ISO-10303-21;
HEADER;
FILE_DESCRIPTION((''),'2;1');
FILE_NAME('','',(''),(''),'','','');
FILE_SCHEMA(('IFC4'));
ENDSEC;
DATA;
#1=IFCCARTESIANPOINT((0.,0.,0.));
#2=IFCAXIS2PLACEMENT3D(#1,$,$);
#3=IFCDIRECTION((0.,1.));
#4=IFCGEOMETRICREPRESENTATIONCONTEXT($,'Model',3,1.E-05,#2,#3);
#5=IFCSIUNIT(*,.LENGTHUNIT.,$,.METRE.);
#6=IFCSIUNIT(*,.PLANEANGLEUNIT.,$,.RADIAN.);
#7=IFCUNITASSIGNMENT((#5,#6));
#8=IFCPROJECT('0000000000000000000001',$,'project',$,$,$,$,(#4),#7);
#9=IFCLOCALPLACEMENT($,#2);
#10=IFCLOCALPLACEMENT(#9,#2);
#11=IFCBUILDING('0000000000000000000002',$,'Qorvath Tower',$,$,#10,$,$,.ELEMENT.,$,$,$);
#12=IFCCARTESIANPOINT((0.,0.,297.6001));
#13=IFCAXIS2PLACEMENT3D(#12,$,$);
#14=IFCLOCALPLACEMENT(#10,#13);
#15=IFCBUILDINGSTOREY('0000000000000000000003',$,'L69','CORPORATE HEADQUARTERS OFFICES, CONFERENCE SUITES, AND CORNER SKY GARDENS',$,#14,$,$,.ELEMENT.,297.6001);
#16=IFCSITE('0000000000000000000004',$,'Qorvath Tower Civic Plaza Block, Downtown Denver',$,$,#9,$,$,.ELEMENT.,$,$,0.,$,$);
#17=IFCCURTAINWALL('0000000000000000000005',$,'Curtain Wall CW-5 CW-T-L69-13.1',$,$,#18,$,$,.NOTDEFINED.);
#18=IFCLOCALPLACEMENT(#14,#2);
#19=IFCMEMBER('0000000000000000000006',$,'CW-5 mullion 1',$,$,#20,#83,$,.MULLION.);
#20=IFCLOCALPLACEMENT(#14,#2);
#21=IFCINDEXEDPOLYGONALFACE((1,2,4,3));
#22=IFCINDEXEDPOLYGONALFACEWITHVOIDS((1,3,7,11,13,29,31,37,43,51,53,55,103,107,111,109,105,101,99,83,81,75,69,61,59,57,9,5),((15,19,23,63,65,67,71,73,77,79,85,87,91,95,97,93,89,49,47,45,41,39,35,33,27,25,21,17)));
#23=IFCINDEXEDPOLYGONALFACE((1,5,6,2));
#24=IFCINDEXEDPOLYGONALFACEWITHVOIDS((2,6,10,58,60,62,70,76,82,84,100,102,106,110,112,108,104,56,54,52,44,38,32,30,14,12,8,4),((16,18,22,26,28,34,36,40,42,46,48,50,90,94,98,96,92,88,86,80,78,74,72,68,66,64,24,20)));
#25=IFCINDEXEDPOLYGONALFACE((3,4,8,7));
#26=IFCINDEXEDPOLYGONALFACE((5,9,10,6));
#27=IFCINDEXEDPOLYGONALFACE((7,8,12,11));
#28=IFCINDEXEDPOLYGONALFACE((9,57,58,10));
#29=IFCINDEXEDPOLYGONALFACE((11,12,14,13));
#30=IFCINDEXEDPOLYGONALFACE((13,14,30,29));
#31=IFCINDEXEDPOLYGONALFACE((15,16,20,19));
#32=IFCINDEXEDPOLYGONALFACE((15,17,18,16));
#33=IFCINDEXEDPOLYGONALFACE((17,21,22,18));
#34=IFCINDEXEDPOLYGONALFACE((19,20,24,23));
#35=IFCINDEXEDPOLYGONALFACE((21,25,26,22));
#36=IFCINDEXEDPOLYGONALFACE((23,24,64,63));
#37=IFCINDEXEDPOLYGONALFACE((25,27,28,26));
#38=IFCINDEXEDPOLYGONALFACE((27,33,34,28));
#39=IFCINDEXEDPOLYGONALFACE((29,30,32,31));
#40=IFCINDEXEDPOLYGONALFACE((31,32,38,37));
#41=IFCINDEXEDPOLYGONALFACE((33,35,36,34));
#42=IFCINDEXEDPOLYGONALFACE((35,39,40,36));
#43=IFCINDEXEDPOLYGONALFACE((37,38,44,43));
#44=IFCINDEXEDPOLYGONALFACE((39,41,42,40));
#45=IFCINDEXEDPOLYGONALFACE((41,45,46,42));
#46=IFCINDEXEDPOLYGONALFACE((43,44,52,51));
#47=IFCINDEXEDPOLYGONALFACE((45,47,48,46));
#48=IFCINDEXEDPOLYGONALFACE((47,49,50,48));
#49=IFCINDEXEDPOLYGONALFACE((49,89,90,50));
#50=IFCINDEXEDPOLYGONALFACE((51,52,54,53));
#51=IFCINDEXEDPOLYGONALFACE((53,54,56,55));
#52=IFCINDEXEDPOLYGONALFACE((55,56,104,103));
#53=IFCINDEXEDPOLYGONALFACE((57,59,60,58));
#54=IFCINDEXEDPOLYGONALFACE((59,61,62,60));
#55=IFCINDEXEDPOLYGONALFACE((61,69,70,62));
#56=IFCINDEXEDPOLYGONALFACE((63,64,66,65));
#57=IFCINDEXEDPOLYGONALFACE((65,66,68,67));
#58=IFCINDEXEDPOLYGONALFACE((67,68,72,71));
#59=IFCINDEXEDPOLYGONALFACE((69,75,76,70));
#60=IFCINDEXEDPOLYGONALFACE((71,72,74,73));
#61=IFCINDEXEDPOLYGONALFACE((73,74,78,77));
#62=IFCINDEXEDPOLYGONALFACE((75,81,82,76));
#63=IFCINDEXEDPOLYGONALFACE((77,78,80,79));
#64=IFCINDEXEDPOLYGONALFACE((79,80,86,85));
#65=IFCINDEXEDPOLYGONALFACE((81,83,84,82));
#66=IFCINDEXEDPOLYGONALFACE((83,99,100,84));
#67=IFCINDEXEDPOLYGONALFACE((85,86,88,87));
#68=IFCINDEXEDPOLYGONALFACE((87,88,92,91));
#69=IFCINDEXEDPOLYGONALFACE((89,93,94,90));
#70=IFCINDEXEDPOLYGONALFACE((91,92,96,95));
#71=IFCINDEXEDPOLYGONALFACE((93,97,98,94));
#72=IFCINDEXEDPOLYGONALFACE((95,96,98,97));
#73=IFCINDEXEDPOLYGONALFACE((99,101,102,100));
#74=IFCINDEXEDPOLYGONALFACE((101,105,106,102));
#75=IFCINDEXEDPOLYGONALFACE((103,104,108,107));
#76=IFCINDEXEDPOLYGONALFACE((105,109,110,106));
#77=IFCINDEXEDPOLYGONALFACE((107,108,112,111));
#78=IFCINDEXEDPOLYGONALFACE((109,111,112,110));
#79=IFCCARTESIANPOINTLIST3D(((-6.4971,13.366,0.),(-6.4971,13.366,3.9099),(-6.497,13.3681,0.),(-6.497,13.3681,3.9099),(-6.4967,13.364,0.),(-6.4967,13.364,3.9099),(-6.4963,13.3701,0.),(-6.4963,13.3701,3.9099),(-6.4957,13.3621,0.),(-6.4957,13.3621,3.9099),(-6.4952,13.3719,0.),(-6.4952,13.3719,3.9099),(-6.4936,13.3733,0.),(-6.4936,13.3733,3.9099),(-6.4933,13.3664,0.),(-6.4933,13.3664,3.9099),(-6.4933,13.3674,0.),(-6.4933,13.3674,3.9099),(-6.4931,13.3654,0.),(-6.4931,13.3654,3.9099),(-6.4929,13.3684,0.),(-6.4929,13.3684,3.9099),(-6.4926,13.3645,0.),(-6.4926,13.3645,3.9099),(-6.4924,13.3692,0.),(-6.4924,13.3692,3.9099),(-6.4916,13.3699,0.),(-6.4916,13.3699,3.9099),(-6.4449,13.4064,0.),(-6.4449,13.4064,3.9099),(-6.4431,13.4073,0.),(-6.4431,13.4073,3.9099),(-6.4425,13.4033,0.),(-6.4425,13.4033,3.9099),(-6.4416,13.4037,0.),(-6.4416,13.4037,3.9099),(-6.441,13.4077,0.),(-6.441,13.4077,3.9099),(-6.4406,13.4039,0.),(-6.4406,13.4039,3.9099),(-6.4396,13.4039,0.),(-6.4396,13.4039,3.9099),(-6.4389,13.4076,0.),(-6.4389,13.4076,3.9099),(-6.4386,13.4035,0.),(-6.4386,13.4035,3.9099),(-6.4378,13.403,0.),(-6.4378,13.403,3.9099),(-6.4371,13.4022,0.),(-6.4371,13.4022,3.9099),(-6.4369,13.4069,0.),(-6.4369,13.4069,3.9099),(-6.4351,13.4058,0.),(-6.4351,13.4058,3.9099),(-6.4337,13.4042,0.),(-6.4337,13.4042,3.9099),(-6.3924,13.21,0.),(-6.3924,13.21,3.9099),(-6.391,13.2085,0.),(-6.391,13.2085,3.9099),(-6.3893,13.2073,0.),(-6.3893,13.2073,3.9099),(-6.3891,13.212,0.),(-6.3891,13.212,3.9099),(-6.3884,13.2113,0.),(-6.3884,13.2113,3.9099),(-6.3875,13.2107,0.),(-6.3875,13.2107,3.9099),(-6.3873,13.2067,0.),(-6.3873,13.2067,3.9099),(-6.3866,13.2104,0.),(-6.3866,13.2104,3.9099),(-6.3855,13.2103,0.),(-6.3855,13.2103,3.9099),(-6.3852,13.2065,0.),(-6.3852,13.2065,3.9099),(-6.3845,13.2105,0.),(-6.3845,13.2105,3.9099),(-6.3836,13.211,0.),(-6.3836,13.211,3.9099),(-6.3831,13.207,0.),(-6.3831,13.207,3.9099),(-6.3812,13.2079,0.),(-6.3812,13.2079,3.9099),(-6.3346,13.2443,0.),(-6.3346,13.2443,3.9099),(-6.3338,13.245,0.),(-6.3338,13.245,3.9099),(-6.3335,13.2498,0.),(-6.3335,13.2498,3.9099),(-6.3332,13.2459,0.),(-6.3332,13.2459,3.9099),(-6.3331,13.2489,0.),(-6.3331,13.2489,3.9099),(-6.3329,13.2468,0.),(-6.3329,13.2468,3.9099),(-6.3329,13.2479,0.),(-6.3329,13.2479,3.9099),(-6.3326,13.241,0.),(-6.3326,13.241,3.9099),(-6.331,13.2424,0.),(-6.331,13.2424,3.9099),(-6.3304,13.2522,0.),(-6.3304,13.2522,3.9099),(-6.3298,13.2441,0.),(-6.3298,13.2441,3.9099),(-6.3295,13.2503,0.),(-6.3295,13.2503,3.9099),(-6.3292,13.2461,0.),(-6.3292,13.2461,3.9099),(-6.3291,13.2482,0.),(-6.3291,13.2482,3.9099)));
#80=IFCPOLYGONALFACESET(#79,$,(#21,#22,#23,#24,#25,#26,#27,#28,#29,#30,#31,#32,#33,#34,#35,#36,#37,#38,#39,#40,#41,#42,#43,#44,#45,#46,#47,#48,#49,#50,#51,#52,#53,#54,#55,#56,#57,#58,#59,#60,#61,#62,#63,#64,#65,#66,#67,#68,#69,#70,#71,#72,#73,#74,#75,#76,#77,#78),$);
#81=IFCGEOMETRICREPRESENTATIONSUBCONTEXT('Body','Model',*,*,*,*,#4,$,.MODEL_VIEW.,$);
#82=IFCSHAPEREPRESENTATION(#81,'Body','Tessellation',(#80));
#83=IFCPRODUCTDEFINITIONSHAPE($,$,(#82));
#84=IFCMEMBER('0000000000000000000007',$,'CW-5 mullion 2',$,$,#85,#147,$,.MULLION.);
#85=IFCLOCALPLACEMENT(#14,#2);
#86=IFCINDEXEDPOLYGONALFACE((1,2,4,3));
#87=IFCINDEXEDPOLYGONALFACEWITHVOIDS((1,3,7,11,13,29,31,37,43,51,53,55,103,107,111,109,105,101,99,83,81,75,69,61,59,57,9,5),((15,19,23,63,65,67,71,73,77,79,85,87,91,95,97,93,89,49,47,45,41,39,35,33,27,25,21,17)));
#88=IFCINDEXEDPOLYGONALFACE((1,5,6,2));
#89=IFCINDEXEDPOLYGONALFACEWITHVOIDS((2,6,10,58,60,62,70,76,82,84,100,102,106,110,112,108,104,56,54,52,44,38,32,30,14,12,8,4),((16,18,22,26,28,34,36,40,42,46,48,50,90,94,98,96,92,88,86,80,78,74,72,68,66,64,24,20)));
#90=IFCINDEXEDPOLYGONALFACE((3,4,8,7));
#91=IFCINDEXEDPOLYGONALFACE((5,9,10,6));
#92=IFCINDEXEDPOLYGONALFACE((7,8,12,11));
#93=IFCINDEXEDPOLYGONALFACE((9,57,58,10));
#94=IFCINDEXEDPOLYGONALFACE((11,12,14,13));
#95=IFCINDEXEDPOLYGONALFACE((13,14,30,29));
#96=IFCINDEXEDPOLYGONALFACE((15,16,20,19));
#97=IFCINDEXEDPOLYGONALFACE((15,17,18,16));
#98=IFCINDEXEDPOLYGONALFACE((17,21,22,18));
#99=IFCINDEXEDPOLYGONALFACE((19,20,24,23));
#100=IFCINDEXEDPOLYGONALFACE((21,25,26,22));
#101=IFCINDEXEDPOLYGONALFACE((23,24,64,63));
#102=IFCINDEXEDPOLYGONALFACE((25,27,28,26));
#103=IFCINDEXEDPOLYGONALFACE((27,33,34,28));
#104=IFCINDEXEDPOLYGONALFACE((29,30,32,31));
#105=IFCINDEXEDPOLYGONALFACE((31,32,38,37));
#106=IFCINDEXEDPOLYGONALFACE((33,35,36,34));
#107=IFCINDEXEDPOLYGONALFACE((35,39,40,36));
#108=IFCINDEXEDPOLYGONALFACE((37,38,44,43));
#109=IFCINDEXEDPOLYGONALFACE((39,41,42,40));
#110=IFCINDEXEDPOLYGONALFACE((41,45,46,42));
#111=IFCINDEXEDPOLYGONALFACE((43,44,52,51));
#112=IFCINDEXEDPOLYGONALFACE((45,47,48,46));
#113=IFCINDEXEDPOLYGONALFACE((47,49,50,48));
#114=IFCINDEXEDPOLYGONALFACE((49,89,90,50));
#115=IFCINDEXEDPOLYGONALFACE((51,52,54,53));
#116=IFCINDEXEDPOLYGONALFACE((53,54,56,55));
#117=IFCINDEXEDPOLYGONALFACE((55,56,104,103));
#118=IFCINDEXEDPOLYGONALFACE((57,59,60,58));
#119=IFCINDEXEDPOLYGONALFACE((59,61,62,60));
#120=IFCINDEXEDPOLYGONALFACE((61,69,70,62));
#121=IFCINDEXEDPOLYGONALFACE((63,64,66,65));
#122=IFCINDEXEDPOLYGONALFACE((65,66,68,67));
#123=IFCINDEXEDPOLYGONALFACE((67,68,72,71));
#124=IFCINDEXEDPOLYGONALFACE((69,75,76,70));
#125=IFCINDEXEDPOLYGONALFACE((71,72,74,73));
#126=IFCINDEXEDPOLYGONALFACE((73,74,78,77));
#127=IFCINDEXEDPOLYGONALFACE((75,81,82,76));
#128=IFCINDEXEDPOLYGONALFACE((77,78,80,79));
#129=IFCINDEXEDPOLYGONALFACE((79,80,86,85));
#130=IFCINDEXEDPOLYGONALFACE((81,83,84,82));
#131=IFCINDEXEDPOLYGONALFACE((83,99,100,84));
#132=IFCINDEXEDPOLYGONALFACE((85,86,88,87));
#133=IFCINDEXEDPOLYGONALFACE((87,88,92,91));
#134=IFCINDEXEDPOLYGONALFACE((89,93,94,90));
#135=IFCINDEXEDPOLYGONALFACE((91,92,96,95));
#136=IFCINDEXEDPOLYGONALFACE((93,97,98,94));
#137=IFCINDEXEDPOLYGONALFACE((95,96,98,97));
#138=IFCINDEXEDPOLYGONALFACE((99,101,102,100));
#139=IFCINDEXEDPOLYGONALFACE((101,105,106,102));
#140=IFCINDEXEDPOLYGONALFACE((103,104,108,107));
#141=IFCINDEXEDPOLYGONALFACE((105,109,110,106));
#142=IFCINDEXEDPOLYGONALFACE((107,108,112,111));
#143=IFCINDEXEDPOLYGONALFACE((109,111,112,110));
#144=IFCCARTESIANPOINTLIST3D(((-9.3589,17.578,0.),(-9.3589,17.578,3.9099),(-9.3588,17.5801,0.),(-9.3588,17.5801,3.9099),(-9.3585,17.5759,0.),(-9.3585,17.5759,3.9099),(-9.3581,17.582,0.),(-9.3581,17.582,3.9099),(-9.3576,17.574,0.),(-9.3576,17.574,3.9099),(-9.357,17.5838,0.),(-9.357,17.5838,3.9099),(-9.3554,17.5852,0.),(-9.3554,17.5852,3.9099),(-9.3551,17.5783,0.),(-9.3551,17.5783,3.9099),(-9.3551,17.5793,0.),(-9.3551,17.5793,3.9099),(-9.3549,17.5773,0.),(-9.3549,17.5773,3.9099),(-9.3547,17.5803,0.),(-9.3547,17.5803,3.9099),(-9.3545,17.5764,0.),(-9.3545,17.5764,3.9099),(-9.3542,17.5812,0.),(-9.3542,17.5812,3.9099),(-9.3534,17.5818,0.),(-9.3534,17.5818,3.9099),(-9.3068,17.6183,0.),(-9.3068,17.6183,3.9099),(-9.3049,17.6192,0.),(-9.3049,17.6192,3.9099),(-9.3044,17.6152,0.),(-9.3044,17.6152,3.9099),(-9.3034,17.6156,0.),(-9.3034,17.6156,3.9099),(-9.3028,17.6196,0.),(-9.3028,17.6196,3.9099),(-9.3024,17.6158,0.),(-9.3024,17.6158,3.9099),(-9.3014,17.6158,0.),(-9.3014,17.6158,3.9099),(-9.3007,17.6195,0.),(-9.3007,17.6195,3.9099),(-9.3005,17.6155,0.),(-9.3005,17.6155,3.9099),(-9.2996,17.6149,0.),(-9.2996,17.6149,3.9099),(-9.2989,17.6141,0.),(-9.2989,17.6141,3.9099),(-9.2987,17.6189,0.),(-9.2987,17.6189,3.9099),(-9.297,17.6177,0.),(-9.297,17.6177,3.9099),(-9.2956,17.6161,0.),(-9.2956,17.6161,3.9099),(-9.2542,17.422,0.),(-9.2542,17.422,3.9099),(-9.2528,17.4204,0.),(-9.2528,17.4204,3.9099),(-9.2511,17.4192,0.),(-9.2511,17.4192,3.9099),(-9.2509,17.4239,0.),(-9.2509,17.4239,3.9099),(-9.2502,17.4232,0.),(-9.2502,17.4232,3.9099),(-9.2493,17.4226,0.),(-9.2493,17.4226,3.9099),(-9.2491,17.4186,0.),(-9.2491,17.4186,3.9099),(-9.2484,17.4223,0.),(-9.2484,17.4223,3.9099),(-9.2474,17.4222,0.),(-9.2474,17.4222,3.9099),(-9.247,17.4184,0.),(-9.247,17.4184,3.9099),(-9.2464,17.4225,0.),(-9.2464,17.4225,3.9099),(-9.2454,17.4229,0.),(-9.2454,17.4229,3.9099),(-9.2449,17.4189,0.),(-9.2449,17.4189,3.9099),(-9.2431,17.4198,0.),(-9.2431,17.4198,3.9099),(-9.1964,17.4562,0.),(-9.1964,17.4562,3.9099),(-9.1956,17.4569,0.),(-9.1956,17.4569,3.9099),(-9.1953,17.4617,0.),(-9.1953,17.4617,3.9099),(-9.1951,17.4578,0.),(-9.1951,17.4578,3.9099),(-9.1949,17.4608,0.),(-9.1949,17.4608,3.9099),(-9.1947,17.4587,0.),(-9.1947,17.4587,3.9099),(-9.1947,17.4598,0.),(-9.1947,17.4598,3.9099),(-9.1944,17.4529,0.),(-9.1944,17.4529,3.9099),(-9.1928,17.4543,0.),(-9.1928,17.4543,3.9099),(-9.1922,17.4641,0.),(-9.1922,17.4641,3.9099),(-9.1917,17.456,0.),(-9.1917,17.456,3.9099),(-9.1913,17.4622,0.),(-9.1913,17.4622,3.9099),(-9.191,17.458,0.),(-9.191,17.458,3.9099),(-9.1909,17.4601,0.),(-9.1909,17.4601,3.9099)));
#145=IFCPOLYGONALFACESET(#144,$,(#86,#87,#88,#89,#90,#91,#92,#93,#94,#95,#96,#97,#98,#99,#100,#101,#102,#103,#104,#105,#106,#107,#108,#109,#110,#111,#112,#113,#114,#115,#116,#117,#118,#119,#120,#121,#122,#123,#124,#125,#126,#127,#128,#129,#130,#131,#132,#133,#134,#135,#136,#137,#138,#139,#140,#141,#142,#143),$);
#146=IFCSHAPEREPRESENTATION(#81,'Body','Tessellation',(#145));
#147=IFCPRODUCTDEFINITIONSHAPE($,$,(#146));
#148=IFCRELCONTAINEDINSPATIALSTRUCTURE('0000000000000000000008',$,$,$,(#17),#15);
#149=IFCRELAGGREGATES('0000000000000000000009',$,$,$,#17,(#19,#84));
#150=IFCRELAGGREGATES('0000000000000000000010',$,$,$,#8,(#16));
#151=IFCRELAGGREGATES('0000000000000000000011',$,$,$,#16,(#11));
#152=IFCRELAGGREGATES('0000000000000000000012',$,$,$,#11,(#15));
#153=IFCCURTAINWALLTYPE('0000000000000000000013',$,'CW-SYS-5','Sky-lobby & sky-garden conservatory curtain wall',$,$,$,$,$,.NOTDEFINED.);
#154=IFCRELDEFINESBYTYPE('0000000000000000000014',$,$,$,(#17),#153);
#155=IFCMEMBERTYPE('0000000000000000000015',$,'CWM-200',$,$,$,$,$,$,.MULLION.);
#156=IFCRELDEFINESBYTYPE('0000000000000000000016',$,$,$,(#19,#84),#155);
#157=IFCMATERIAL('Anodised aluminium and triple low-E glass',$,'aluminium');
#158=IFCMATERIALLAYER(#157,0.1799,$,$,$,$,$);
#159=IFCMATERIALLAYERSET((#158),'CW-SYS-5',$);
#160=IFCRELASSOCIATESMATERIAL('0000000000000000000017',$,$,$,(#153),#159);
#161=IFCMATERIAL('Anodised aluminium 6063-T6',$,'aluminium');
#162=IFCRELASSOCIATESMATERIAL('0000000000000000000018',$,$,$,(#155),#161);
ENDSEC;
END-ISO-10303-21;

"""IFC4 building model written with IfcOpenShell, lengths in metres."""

from ifc_helpers import new_model, si_unit, direction, frame, origin, origin_2d, place, context, subcontext, project, spatial, hollow_rectangle, extrude, material, layer, layer_set, material_profile, profile_set, type_object, element, aggregate, save


model = new_model("IFC4")

# Units and contexts
model_context = context("Model", 3, precision=1e-05, world=origin(), true_north=direction((0.0, 1.0)))
body_context = subcontext(model_context, "Body", "Model", "MODEL_VIEW")
ifc_project = project(units=[si_unit("LENGTHUNIT", "METRE"), si_unit("PLANEANGLEUNIT", "RADIAN")], contexts=[model_context])

# Site, building, storey
site_placement = place(None, origin())
site = spatial("IfcSite", under=ifc_project, at=site_placement, Name="Qorvath Tower Civic Plaza Block, Downtown Denver", CompositionType="ELEMENT", RefElevation=0.0)
building_placement = place(site_placement, origin())
building = spatial("IfcBuilding", under=site, at=building_placement, Name="Qorvath Tower", CompositionType="ELEMENT")
storey_placement = place(building_placement, frame((0.0, 0.0, 297.6001)))
storey = spatial("IfcBuildingStorey", under=building, at=storey_placement, Name="L69", Description="CORPORATE HEADQUARTERS OFFICES, CONFERENCE SUITES, AND CORNER SKY GARDENS", CompositionType="ELEMENT", Elevation=297.6001)

# Curtain wall, members
ifc_material_1 = material(Name="Anodised aluminium and triple low-E glass", Category="aluminium")
ifc_layer_1 = layer(ifc_material_1, 0.1799)
ifc_layer_set_1 = layer_set([ifc_layer_1], Name="CW-SYS-5")
curtain_wall_type = type_object("IfcCurtainWallType", Name="CW-SYS-5", Description="Sky-lobby & sky-garden conservatory curtain wall", PredefinedType="NOTDEFINED", material=ifc_layer_set_1)
ifc_material_2 = material(Name="Anodised aluminium 6063-T6", Category="aluminium")
ifc_material_profile_1 = material_profile(ifc_material_2, hollow_rectangle(XDim=0.075, YDim=0.2, WallThickness=0.0039, InnerFilletRadius=0.0039, OuterFilletRadius=0.0081, at=origin_2d()), Name="CWM 200x75")
ifc_profile_set_1 = profile_set([ifc_material_profile_1], Name="Anodised aluminium 6063-T6")
member_type_1 = type_object("IfcMemberType", Name="CWM-200", PredefinedType="MULLION", material=ifc_profile_set_1)
curtain_wall_1_placement = place(storey_placement, origin())
curtain_wall_1 = element("IfcCurtainWall", 1, at=curtain_wall_1_placement, inside=storey, type_object=curtain_wall_type, Name="Curtain Wall CW-5 CW-T-L69-13.1", PredefinedType="NOTDEFINED")
member_1_placement = place(storey_placement, frame((-6.4131, 13.3071, 0.0), z_axis=(0.0, 0.0, 1.0), x_axis=(-0.827147, -0.561985, 0.0)))
member_1 = element("IfcMember", 2, at=member_1_placement, type_object=member_type_1, Name="CW-5 mullion 1", PredefinedType="MULLION", context=body_context, shape_type="SweptSolid", body=[
    extrude(hollow_rectangle(XDim=0.075, YDim=0.2, WallThickness=0.0039, InnerFilletRadius=0.0039, OuterFilletRadius=0.0081, at=origin_2d()), origin(), (0.0, 0.0, 1.0), 3.9099),
])
member_2_placement = place(storey_placement, frame((-9.2749, 17.519, 0.0), z_axis=(0.0, 0.0, 1.0), x_axis=(-0.827147, -0.561985, 0.0)))
member_2 = element("IfcMember", 3, at=member_2_placement, type_object=member_type_1, Name="CW-5 mullion 2", PredefinedType="MULLION", context=body_context, shape_type="SweptSolid", body=[
    extrude(hollow_rectangle(XDim=0.075, YDim=0.2, WallThickness=0.0039, InnerFilletRadius=0.0039, OuterFilletRadius=0.0081, at=origin_2d()), origin(), (0.0, 0.0, 1.0), 3.9099),
])

aggregate(curtain_wall_1, [member_1, member_2])

save(model, "model.ifc")
